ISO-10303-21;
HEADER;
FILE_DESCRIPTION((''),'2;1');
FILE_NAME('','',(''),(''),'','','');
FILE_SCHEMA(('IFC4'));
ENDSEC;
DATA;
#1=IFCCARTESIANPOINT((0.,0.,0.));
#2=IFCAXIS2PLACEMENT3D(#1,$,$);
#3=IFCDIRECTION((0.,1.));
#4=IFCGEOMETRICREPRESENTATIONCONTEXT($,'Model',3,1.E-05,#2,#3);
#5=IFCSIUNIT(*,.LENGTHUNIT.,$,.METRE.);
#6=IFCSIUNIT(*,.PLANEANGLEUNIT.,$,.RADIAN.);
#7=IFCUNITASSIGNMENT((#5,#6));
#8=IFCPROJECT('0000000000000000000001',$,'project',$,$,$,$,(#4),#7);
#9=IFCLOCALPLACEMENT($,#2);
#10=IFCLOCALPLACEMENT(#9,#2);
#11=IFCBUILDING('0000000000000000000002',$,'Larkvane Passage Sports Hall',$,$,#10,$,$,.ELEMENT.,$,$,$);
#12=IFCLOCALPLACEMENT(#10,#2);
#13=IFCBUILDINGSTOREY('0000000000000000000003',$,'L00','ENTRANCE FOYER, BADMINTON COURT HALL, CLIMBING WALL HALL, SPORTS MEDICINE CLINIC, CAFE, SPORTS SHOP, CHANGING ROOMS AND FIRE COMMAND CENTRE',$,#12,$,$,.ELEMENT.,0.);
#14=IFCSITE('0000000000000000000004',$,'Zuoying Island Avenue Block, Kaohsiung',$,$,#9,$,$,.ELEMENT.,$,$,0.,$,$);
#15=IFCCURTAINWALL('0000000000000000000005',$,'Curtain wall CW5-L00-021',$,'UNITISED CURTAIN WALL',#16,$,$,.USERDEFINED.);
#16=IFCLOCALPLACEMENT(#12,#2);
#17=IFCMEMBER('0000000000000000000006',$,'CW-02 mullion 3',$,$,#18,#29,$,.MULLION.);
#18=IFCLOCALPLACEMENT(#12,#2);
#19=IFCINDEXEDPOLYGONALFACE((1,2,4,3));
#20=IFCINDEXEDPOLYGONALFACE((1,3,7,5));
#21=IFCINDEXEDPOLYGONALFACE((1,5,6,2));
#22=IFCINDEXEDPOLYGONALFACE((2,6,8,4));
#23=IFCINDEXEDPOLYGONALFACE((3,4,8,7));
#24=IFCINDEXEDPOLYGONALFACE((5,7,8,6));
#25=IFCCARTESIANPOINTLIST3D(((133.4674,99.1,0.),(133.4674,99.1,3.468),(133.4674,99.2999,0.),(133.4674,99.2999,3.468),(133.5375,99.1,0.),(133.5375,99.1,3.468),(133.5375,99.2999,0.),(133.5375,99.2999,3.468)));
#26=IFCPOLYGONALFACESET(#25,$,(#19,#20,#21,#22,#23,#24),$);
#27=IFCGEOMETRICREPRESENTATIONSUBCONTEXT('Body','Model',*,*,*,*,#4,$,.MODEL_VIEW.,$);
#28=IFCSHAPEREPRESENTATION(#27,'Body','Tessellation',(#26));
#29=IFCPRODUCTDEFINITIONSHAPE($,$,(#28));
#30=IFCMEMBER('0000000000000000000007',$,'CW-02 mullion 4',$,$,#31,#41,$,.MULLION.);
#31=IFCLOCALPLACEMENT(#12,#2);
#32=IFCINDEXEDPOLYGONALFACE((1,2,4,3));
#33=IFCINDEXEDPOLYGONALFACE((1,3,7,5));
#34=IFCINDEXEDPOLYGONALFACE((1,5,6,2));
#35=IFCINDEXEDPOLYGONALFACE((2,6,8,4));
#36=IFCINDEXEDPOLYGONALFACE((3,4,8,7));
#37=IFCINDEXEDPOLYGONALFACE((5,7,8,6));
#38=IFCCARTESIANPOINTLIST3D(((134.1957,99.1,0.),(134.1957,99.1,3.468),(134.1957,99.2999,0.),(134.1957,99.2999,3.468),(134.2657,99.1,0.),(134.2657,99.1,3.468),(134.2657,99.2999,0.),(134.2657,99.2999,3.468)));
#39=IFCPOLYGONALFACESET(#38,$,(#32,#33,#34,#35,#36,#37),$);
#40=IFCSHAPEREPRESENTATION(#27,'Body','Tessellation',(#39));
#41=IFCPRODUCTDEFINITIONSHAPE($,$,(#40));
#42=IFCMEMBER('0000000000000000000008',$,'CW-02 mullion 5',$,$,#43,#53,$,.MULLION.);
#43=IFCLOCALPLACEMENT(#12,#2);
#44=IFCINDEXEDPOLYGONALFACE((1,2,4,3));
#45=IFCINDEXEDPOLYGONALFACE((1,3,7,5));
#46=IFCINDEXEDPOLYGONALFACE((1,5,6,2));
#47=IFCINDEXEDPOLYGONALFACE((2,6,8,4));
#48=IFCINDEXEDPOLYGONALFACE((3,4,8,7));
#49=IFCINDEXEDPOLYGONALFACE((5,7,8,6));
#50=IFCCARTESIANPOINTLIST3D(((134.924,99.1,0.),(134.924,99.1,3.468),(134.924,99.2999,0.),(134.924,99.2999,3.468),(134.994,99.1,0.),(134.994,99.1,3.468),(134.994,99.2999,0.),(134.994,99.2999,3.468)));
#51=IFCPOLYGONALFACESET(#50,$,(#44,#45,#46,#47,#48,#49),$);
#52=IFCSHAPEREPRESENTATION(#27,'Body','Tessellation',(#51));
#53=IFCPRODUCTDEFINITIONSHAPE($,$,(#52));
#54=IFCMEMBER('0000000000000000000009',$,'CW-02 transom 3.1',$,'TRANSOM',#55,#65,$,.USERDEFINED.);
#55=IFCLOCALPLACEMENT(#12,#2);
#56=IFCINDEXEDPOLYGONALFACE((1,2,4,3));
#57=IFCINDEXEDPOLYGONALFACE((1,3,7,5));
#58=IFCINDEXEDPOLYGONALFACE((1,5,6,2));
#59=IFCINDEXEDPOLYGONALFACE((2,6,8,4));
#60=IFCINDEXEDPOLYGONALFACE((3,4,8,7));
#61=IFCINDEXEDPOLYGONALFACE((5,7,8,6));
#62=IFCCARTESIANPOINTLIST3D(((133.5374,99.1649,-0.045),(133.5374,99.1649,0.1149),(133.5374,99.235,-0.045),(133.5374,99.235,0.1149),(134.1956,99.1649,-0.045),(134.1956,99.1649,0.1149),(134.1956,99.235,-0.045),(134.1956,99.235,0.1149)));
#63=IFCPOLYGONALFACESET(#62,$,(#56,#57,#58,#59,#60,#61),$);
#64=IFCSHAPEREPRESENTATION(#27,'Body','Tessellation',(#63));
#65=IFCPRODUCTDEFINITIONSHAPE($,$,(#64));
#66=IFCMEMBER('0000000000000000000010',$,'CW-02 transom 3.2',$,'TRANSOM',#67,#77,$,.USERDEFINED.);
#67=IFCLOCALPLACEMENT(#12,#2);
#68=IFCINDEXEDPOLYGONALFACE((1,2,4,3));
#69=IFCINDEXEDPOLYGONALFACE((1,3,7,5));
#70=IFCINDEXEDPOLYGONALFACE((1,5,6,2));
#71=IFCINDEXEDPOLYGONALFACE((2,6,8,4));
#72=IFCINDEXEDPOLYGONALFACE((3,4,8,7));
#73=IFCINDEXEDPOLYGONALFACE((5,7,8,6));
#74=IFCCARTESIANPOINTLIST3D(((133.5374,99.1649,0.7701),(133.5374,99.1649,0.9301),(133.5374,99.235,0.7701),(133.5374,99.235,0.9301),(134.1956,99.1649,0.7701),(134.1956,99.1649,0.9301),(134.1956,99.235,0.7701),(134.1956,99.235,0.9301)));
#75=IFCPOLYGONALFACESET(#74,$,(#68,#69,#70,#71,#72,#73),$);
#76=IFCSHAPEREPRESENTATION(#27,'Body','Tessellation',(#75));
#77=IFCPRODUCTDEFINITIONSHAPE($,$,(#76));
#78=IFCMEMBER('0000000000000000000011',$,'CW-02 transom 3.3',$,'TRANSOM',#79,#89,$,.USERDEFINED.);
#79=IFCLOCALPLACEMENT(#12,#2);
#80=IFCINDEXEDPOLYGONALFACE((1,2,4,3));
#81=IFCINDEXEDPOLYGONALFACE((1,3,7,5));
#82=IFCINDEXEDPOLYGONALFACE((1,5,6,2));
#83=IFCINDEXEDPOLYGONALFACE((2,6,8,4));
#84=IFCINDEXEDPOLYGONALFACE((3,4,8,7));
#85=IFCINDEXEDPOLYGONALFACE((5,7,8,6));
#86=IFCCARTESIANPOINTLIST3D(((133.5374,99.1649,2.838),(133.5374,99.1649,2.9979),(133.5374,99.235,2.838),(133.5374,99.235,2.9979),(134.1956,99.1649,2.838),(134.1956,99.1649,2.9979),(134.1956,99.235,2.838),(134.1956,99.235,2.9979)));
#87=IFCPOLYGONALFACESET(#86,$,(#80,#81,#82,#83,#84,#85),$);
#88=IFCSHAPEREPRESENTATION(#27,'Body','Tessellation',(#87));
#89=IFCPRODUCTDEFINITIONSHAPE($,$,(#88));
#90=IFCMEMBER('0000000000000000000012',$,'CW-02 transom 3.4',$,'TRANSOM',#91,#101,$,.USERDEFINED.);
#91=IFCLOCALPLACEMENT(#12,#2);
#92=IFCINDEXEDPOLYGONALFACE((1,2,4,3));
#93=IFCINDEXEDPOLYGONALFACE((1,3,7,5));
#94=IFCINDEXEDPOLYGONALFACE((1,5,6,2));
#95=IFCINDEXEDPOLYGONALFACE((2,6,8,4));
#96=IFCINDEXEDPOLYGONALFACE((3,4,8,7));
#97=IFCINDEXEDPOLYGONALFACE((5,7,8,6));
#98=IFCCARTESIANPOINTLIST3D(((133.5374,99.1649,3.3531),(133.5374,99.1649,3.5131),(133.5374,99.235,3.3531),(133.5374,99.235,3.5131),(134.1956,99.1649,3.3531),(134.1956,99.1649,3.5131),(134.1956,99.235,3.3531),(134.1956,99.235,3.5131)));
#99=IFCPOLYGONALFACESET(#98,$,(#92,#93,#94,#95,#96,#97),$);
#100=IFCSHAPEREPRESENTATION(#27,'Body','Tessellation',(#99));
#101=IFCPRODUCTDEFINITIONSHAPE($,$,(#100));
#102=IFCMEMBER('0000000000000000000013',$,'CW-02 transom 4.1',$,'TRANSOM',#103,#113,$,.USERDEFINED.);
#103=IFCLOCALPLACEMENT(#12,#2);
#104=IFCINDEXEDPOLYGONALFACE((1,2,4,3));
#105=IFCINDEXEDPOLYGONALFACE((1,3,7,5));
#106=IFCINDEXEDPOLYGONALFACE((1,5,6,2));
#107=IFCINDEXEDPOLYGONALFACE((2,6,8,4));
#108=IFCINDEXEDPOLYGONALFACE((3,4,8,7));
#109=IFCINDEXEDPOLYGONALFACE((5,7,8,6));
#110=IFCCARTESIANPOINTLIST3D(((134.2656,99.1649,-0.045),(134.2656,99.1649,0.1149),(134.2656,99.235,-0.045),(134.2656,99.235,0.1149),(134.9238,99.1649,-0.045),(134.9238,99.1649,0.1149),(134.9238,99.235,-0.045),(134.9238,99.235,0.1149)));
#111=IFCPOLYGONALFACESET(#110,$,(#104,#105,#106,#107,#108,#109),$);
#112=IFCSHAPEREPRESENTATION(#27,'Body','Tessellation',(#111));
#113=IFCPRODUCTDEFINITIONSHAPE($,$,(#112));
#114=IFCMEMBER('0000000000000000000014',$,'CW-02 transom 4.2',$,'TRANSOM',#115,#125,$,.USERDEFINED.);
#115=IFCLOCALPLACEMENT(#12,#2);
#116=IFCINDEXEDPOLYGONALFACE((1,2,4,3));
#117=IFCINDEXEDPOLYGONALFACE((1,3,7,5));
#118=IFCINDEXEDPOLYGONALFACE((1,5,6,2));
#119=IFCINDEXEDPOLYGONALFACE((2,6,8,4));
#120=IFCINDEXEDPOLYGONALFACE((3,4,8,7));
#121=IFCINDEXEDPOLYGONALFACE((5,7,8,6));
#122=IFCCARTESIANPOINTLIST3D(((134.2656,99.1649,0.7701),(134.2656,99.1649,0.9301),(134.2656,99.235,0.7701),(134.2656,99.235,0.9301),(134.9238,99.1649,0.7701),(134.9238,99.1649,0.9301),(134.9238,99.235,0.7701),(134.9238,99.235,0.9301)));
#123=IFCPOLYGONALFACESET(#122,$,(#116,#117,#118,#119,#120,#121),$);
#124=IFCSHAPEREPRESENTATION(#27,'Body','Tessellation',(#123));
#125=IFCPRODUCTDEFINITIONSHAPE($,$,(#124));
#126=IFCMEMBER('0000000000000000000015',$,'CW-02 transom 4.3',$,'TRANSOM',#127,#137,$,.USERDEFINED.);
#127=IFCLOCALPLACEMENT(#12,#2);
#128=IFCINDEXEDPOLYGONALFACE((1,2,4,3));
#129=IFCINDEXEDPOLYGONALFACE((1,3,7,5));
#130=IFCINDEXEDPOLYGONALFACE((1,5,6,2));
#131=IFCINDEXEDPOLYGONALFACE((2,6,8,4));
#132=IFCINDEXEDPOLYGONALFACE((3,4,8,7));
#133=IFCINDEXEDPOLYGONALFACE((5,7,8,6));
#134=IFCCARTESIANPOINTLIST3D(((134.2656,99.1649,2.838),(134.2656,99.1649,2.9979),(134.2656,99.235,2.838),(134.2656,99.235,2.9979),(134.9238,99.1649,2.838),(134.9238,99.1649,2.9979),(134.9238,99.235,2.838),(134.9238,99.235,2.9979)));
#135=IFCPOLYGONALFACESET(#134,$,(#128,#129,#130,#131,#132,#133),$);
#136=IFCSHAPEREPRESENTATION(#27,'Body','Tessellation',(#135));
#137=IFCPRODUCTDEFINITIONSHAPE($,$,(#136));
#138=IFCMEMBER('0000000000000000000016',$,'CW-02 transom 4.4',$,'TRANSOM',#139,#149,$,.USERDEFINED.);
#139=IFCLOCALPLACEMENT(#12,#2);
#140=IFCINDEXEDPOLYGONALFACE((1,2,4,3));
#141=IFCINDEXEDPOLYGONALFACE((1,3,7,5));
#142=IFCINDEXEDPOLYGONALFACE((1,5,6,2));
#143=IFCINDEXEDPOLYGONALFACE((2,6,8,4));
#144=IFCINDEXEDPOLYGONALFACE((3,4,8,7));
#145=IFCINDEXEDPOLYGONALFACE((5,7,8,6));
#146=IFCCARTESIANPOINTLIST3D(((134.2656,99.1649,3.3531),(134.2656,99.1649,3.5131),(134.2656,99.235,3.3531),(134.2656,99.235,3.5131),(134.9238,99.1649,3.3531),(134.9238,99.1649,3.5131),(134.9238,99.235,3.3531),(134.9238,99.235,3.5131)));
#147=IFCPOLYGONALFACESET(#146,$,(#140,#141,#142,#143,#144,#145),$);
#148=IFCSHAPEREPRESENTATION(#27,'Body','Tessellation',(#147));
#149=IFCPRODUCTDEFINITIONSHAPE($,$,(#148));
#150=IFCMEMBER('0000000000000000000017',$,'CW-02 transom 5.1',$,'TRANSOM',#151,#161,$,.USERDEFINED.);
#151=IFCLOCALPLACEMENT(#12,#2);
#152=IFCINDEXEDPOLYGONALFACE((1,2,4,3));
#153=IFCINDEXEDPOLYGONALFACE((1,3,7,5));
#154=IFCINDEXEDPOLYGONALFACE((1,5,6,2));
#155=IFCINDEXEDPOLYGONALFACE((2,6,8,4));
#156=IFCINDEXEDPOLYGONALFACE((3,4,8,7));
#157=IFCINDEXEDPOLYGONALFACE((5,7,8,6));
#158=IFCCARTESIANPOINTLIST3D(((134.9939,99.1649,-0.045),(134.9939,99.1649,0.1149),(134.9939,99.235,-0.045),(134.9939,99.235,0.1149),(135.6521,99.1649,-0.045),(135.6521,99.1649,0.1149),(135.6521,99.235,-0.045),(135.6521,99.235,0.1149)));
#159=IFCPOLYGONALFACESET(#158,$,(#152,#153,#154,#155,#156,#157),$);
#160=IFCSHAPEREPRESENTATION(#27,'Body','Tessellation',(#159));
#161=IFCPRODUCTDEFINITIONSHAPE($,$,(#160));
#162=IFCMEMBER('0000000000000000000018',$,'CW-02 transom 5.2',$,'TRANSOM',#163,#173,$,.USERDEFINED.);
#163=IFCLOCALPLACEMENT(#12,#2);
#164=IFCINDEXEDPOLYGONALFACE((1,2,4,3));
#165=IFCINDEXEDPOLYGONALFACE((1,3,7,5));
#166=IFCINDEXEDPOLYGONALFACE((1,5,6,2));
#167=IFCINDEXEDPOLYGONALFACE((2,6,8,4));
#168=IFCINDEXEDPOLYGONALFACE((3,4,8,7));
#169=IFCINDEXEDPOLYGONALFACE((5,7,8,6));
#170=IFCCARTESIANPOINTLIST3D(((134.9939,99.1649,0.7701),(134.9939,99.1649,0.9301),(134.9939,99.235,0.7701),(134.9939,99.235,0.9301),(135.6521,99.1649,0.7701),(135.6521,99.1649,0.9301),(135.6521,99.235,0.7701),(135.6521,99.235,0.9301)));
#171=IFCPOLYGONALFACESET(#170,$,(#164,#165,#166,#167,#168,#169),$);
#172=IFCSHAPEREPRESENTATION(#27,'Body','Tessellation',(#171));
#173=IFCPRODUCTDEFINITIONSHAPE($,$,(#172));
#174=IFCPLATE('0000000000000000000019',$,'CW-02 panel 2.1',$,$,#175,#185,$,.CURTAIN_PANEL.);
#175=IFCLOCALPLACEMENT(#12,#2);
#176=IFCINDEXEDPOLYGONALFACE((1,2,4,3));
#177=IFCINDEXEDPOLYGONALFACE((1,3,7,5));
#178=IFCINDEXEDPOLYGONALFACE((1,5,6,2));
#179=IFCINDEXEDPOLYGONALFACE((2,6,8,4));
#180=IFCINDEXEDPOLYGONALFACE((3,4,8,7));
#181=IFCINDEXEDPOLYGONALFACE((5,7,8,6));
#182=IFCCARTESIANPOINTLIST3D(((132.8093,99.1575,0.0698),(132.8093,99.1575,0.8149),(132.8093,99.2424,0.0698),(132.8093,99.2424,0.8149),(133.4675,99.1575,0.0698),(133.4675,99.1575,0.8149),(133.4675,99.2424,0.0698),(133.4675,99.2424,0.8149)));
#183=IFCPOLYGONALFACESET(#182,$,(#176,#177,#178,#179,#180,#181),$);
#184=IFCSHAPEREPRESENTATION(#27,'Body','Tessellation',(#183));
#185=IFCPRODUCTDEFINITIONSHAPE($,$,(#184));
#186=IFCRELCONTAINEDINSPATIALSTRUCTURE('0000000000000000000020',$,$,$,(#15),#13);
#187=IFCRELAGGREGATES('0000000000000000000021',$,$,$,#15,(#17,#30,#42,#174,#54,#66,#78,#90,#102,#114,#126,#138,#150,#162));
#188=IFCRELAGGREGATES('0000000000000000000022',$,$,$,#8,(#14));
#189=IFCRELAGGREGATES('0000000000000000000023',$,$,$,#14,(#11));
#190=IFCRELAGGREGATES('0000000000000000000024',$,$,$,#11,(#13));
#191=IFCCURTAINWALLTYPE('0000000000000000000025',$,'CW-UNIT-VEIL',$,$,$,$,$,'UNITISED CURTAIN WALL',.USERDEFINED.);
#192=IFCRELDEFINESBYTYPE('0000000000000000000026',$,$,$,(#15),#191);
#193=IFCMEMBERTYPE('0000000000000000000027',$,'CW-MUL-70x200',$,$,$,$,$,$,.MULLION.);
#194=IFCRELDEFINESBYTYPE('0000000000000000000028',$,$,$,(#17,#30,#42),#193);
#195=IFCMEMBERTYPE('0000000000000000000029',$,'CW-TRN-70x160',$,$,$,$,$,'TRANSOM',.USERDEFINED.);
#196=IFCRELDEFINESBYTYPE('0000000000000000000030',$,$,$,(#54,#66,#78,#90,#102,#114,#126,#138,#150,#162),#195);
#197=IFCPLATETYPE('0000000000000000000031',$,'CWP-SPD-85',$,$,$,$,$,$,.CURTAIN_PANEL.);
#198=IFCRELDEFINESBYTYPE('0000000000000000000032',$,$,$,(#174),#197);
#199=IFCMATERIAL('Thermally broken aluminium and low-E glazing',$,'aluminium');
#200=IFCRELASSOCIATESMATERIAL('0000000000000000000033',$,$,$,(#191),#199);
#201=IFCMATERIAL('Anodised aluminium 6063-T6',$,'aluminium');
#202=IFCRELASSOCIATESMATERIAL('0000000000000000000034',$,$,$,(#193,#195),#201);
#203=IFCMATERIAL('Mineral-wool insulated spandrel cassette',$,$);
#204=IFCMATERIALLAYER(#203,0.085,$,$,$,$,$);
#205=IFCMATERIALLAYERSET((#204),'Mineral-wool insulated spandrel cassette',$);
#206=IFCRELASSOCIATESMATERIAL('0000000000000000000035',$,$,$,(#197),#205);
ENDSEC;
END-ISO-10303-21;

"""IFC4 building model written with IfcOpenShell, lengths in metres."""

from ifc_helpers import new_model, si_unit, direction, frame, origin, origin_2d, place, context, subcontext, project, spatial, rectangle, extrude, material, layer, layer_set, material_profile, profile_set, type_object, element, aggregate, save


model = new_model("IFC4")

# Units and contexts
model_context = context("Model", 3, precision=1e-05, world=origin(), true_north=direction((0.0, 1.0)))
body_context = subcontext(model_context, "Body", "Model", "MODEL_VIEW")
ifc_project = project(units=[si_unit("LENGTHUNIT", "METRE"), si_unit("PLANEANGLEUNIT", "RADIAN")], contexts=[model_context])

# Site, building, storey
site_placement = place(None, origin())
site = spatial("IfcSite", under=ifc_project, at=site_placement, Name="Zuoying Island Avenue Block, Kaohsiung", CompositionType="ELEMENT", RefElevation=0.0)
building_placement = place(site_placement, origin())
building = spatial("IfcBuilding", under=site, at=building_placement, Name="Larkvane Passage Sports Hall", CompositionType="ELEMENT")
storey_placement = place(building_placement, origin())
storey = spatial("IfcBuildingStorey", under=building, at=storey_placement, Name="L00", Description="ENTRANCE FOYER, BADMINTON COURT HALL, CLIMBING WALL HALL, SPORTS MEDICINE CLINIC, CAFE, SPORTS SHOP, CHANGING ROOMS AND FIRE COMMAND CENTRE", CompositionType="ELEMENT", Elevation=0.0)

# Curtain wall, members, plate
ifc_material_1 = material(Name="Thermally broken aluminium and low-E glazing", Category="aluminium")
curtain_wall_type = type_object("IfcCurtainWallType", Name="CW-UNIT-VEIL", ElementType="UNITISED CURTAIN WALL", PredefinedType="USERDEFINED", material=ifc_material_1)
curtain_wall_placement = place(storey_placement, origin())
curtain_wall = element("IfcCurtainWall", 1, at=curtain_wall_placement, inside=storey, type_object=curtain_wall_type, Name="Curtain wall CW5-L00-021", ObjectType="UNITISED CURTAIN WALL", PredefinedType="USERDEFINED")
ifc_material_2 = material(Name="Anodised aluminium 6063-T6", Category="aluminium")
ifc_material_profile_1 = material_profile(ifc_material_2, rectangle(XDim=0.0701, YDim=0.2, at=origin_2d()), Name="ALU-MUL-70x200")
ifc_profile_set_1 = profile_set([ifc_material_profile_1], Name="Anodised aluminium 6063-T6")
member_type_1 = type_object("IfcMemberType", Name="CW-MUL-70x200", PredefinedType="MULLION", material=ifc_profile_set_1)
member_1_placement = place(storey_placement, frame((133.5024, 99.2, 0.0), z_axis=(0.0, 0.0, 1.0), x_axis=(1.0, 0.0, 0.0)))
member_1 = element("IfcMember", 2, at=member_1_placement, type_object=member_type_1, Name="CW-02 mullion 3", PredefinedType="MULLION", context=body_context, shape_type="SweptSolid", body=[
    extrude(rectangle(XDim=0.0701, YDim=0.2, at=origin_2d()), origin(), (0.0, 0.0, 1.0), 3.468),
])
member_2_placement = place(storey_placement, frame((134.2307, 99.2, 0.0), z_axis=(0.0, 0.0, 1.0), x_axis=(1.0, 0.0, 0.0)))
member_2 = element("IfcMember", 3, at=member_2_placement, type_object=member_type_1, Name="CW-02 mullion 4", PredefinedType="MULLION", context=body_context, shape_type="SweptSolid", body=[
    extrude(rectangle(XDim=0.0701, YDim=0.2, at=origin_2d()), origin(), (0.0, 0.0, 1.0), 3.468),
])
member_3_placement = place(storey_placement, frame((134.959, 99.2, 0.0), z_axis=(0.0, 0.0, 1.0), x_axis=(1.0, 0.0, 0.0)))
member_3 = element("IfcMember", 4, at=member_3_placement, type_object=member_type_1, Name="CW-02 mullion 5", PredefinedType="MULLION", context=body_context, shape_type="SweptSolid", body=[
    extrude(rectangle(XDim=0.0701, YDim=0.2, at=origin_2d()), origin(), (0.0, 0.0, 1.0), 3.468),
])
ifc_material_profile_2 = material_profile(ifc_material_2, rectangle(XDim=0.0701, YDim=0.1599, at=origin_2d()), Name="ALU-TRN-70x160")
ifc_profile_set_2 = profile_set([ifc_material_profile_2], Name="Anodised aluminium 6063-T6")
member_type_2 = type_object("IfcMemberType", Name="CW-TRN-70x160", ElementType="TRANSOM", PredefinedType="USERDEFINED", material=ifc_profile_set_2)
member_4_placement = place(storey_placement, frame((133.5374, 99.2, 0.0349), z_axis=(1.0, 0.0, 0.0), x_axis=(0.0, 1.0, 0.0)))
member_4 = element("IfcMember", 5, at=member_4_placement, type_object=member_type_2, Name="CW-02 transom 3.1", ObjectType="TRANSOM", PredefinedType="USERDEFINED", context=body_context, shape_type="SweptSolid", body=[
    extrude(rectangle(XDim=0.0701, YDim=0.1599, at=origin_2d()), origin(), (0.0, 0.0, 1.0), 0.6582),
])
member_5_placement = place(storey_placement, frame((133.5374, 99.2, 0.8501), z_axis=(1.0, 0.0, 0.0), x_axis=(0.0, 1.0, 0.0)))
member_5 = element("IfcMember", 6, at=member_5_placement, type_object=member_type_2, Name="CW-02 transom 3.2", ObjectType="TRANSOM", PredefinedType="USERDEFINED", context=body_context, shape_type="SweptSolid", body=[
    extrude(rectangle(XDim=0.0701, YDim=0.1599, at=origin_2d()), origin(), (0.0, 0.0, 1.0), 0.6582),
])
member_6_placement = place(storey_placement, frame((133.5374, 99.2, 2.918), z_axis=(1.0, 0.0, 0.0), x_axis=(0.0, 1.0, 0.0)))
member_6 = element("IfcMember", 7, at=member_6_placement, type_object=member_type_2, Name="CW-02 transom 3.3", ObjectType="TRANSOM", PredefinedType="USERDEFINED", context=body_context, shape_type="SweptSolid", body=[
    extrude(rectangle(XDim=0.0701, YDim=0.1599, at=origin_2d()), origin(), (0.0, 0.0, 1.0), 0.6582),
])
member_7_placement = place(storey_placement, frame((133.5374, 99.2, 3.4331), z_axis=(1.0, 0.0, 0.0), x_axis=(0.0, 1.0, 0.0)))
member_7 = element("IfcMember", 8, at=member_7_placement, type_object=member_type_2, Name="CW-02 transom 3.4", ObjectType="TRANSOM", PredefinedType="USERDEFINED", context=body_context, shape_type="SweptSolid", body=[
    extrude(rectangle(XDim=0.0701, YDim=0.1599, at=origin_2d()), origin(), (0.0, 0.0, 1.0), 0.6582),
])
member_8_placement = place(storey_placement, frame((134.2656, 99.2, 0.0349), z_axis=(1.0, 0.0, 0.0), x_axis=(0.0, 1.0, 0.0)))
member_8 = element("IfcMember", 9, at=member_8_placement, type_object=member_type_2, Name="CW-02 transom 4.1", ObjectType="TRANSOM", PredefinedType="USERDEFINED", context=body_context, shape_type="SweptSolid", body=[
    extrude(rectangle(XDim=0.0701, YDim=0.1599, at=origin_2d()), origin(), (0.0, 0.0, 1.0), 0.6582),
])
member_9_placement = place(storey_placement, frame((134.2656, 99.2, 0.8501), z_axis=(1.0, 0.0, 0.0), x_axis=(0.0, 1.0, 0.0)))
member_9 = element("IfcMember", 10, at=member_9_placement, type_object=member_type_2, Name="CW-02 transom 4.2", ObjectType="TRANSOM", PredefinedType="USERDEFINED", context=body_context, shape_type="SweptSolid", body=[
    extrude(rectangle(XDim=0.0701, YDim=0.1599, at=origin_2d()), origin(), (0.0, 0.0, 1.0), 0.6582),
])
member_10_placement = place(storey_placement, frame((134.2656, 99.2, 2.918), z_axis=(1.0, 0.0, 0.0), x_axis=(0.0, 1.0, 0.0)))
member_10 = element("IfcMember", 11, at=member_10_placement, type_object=member_type_2, Name="CW-02 transom 4.3", ObjectType="TRANSOM", PredefinedType="USERDEFINED", context=body_context, shape_type="SweptSolid", body=[
    extrude(rectangle(XDim=0.0701, YDim=0.1599, at=origin_2d()), origin(), (0.0, 0.0, 1.0), 0.6582),
])
member_11_placement = place(storey_placement, frame((134.2656, 99.2, 3.4331), z_axis=(1.0, 0.0, 0.0), x_axis=(0.0, 1.0, 0.0)))
member_11 = element("IfcMember", 12, at=member_11_placement, type_object=member_type_2, Name="CW-02 transom 4.4", ObjectType="TRANSOM", PredefinedType="USERDEFINED", context=body_context, shape_type="SweptSolid", body=[
    extrude(rectangle(XDim=0.0701, YDim=0.1599, at=origin_2d()), origin(), (0.0, 0.0, 1.0), 0.6582),
])
member_12_placement = place(storey_placement, frame((134.9939, 99.2, 0.0349), z_axis=(1.0, 0.0, 0.0), x_axis=(0.0, 1.0, 0.0)))
member_12 = element("IfcMember", 13, at=member_12_placement, type_object=member_type_2, Name="CW-02 transom 5.1", ObjectType="TRANSOM", PredefinedType="USERDEFINED", context=body_context, shape_type="SweptSolid", body=[
    extrude(rectangle(XDim=0.0701, YDim=0.1599, at=origin_2d()), origin(), (0.0, 0.0, 1.0), 0.6582),
])
member_13_placement = place(storey_placement, frame((134.9939, 99.2, 0.8501), z_axis=(1.0, 0.0, 0.0), x_axis=(0.0, 1.0, 0.0)))
member_13 = element("IfcMember", 14, at=member_13_placement, type_object=member_type_2, Name="CW-02 transom 5.2", ObjectType="TRANSOM", PredefinedType="USERDEFINED", context=body_context, shape_type="SweptSolid", body=[
    extrude(rectangle(XDim=0.0701, YDim=0.1599, at=origin_2d()), origin(), (0.0, 0.0, 1.0), 0.6582),
])
ifc_material_3 = material(Name="Mineral-wool insulated spandrel cassette")
ifc_layer_1 = layer(ifc_material_3, 0.085)
ifc_layer_set_1 = layer_set([ifc_layer_1], Name="Mineral-wool insulated spandrel cassette")
plate_type_1 = type_object("IfcPlateType", Name="CWP-SPD-85", PredefinedType="CURTAIN_PANEL", material=ifc_layer_set_1)
plate_1_placement = place(storey_placement, frame((133.1384, 99.2, 0.0698), z_axis=(0.0, 0.0, 1.0), x_axis=(1.0, 0.0, 0.0)))
plate_1 = element("IfcPlate", 15, at=plate_1_placement, type_object=plate_type_1, Name="CW-02 panel 2.1", PredefinedType="CURTAIN_PANEL", context=body_context, shape_type="SweptSolid", body=[
    extrude(rectangle(XDim=0.6582, YDim=0.085, at=origin_2d()), origin(), (0.0, 0.0, 1.0), 0.7451),
])
aggregate(curtain_wall, [member_1, member_2, member_3, plate_1, member_4, member_5, member_6, member_7, member_8, member_9, member_10, member_11, member_12, member_13])

save(model, "model.ifc")
